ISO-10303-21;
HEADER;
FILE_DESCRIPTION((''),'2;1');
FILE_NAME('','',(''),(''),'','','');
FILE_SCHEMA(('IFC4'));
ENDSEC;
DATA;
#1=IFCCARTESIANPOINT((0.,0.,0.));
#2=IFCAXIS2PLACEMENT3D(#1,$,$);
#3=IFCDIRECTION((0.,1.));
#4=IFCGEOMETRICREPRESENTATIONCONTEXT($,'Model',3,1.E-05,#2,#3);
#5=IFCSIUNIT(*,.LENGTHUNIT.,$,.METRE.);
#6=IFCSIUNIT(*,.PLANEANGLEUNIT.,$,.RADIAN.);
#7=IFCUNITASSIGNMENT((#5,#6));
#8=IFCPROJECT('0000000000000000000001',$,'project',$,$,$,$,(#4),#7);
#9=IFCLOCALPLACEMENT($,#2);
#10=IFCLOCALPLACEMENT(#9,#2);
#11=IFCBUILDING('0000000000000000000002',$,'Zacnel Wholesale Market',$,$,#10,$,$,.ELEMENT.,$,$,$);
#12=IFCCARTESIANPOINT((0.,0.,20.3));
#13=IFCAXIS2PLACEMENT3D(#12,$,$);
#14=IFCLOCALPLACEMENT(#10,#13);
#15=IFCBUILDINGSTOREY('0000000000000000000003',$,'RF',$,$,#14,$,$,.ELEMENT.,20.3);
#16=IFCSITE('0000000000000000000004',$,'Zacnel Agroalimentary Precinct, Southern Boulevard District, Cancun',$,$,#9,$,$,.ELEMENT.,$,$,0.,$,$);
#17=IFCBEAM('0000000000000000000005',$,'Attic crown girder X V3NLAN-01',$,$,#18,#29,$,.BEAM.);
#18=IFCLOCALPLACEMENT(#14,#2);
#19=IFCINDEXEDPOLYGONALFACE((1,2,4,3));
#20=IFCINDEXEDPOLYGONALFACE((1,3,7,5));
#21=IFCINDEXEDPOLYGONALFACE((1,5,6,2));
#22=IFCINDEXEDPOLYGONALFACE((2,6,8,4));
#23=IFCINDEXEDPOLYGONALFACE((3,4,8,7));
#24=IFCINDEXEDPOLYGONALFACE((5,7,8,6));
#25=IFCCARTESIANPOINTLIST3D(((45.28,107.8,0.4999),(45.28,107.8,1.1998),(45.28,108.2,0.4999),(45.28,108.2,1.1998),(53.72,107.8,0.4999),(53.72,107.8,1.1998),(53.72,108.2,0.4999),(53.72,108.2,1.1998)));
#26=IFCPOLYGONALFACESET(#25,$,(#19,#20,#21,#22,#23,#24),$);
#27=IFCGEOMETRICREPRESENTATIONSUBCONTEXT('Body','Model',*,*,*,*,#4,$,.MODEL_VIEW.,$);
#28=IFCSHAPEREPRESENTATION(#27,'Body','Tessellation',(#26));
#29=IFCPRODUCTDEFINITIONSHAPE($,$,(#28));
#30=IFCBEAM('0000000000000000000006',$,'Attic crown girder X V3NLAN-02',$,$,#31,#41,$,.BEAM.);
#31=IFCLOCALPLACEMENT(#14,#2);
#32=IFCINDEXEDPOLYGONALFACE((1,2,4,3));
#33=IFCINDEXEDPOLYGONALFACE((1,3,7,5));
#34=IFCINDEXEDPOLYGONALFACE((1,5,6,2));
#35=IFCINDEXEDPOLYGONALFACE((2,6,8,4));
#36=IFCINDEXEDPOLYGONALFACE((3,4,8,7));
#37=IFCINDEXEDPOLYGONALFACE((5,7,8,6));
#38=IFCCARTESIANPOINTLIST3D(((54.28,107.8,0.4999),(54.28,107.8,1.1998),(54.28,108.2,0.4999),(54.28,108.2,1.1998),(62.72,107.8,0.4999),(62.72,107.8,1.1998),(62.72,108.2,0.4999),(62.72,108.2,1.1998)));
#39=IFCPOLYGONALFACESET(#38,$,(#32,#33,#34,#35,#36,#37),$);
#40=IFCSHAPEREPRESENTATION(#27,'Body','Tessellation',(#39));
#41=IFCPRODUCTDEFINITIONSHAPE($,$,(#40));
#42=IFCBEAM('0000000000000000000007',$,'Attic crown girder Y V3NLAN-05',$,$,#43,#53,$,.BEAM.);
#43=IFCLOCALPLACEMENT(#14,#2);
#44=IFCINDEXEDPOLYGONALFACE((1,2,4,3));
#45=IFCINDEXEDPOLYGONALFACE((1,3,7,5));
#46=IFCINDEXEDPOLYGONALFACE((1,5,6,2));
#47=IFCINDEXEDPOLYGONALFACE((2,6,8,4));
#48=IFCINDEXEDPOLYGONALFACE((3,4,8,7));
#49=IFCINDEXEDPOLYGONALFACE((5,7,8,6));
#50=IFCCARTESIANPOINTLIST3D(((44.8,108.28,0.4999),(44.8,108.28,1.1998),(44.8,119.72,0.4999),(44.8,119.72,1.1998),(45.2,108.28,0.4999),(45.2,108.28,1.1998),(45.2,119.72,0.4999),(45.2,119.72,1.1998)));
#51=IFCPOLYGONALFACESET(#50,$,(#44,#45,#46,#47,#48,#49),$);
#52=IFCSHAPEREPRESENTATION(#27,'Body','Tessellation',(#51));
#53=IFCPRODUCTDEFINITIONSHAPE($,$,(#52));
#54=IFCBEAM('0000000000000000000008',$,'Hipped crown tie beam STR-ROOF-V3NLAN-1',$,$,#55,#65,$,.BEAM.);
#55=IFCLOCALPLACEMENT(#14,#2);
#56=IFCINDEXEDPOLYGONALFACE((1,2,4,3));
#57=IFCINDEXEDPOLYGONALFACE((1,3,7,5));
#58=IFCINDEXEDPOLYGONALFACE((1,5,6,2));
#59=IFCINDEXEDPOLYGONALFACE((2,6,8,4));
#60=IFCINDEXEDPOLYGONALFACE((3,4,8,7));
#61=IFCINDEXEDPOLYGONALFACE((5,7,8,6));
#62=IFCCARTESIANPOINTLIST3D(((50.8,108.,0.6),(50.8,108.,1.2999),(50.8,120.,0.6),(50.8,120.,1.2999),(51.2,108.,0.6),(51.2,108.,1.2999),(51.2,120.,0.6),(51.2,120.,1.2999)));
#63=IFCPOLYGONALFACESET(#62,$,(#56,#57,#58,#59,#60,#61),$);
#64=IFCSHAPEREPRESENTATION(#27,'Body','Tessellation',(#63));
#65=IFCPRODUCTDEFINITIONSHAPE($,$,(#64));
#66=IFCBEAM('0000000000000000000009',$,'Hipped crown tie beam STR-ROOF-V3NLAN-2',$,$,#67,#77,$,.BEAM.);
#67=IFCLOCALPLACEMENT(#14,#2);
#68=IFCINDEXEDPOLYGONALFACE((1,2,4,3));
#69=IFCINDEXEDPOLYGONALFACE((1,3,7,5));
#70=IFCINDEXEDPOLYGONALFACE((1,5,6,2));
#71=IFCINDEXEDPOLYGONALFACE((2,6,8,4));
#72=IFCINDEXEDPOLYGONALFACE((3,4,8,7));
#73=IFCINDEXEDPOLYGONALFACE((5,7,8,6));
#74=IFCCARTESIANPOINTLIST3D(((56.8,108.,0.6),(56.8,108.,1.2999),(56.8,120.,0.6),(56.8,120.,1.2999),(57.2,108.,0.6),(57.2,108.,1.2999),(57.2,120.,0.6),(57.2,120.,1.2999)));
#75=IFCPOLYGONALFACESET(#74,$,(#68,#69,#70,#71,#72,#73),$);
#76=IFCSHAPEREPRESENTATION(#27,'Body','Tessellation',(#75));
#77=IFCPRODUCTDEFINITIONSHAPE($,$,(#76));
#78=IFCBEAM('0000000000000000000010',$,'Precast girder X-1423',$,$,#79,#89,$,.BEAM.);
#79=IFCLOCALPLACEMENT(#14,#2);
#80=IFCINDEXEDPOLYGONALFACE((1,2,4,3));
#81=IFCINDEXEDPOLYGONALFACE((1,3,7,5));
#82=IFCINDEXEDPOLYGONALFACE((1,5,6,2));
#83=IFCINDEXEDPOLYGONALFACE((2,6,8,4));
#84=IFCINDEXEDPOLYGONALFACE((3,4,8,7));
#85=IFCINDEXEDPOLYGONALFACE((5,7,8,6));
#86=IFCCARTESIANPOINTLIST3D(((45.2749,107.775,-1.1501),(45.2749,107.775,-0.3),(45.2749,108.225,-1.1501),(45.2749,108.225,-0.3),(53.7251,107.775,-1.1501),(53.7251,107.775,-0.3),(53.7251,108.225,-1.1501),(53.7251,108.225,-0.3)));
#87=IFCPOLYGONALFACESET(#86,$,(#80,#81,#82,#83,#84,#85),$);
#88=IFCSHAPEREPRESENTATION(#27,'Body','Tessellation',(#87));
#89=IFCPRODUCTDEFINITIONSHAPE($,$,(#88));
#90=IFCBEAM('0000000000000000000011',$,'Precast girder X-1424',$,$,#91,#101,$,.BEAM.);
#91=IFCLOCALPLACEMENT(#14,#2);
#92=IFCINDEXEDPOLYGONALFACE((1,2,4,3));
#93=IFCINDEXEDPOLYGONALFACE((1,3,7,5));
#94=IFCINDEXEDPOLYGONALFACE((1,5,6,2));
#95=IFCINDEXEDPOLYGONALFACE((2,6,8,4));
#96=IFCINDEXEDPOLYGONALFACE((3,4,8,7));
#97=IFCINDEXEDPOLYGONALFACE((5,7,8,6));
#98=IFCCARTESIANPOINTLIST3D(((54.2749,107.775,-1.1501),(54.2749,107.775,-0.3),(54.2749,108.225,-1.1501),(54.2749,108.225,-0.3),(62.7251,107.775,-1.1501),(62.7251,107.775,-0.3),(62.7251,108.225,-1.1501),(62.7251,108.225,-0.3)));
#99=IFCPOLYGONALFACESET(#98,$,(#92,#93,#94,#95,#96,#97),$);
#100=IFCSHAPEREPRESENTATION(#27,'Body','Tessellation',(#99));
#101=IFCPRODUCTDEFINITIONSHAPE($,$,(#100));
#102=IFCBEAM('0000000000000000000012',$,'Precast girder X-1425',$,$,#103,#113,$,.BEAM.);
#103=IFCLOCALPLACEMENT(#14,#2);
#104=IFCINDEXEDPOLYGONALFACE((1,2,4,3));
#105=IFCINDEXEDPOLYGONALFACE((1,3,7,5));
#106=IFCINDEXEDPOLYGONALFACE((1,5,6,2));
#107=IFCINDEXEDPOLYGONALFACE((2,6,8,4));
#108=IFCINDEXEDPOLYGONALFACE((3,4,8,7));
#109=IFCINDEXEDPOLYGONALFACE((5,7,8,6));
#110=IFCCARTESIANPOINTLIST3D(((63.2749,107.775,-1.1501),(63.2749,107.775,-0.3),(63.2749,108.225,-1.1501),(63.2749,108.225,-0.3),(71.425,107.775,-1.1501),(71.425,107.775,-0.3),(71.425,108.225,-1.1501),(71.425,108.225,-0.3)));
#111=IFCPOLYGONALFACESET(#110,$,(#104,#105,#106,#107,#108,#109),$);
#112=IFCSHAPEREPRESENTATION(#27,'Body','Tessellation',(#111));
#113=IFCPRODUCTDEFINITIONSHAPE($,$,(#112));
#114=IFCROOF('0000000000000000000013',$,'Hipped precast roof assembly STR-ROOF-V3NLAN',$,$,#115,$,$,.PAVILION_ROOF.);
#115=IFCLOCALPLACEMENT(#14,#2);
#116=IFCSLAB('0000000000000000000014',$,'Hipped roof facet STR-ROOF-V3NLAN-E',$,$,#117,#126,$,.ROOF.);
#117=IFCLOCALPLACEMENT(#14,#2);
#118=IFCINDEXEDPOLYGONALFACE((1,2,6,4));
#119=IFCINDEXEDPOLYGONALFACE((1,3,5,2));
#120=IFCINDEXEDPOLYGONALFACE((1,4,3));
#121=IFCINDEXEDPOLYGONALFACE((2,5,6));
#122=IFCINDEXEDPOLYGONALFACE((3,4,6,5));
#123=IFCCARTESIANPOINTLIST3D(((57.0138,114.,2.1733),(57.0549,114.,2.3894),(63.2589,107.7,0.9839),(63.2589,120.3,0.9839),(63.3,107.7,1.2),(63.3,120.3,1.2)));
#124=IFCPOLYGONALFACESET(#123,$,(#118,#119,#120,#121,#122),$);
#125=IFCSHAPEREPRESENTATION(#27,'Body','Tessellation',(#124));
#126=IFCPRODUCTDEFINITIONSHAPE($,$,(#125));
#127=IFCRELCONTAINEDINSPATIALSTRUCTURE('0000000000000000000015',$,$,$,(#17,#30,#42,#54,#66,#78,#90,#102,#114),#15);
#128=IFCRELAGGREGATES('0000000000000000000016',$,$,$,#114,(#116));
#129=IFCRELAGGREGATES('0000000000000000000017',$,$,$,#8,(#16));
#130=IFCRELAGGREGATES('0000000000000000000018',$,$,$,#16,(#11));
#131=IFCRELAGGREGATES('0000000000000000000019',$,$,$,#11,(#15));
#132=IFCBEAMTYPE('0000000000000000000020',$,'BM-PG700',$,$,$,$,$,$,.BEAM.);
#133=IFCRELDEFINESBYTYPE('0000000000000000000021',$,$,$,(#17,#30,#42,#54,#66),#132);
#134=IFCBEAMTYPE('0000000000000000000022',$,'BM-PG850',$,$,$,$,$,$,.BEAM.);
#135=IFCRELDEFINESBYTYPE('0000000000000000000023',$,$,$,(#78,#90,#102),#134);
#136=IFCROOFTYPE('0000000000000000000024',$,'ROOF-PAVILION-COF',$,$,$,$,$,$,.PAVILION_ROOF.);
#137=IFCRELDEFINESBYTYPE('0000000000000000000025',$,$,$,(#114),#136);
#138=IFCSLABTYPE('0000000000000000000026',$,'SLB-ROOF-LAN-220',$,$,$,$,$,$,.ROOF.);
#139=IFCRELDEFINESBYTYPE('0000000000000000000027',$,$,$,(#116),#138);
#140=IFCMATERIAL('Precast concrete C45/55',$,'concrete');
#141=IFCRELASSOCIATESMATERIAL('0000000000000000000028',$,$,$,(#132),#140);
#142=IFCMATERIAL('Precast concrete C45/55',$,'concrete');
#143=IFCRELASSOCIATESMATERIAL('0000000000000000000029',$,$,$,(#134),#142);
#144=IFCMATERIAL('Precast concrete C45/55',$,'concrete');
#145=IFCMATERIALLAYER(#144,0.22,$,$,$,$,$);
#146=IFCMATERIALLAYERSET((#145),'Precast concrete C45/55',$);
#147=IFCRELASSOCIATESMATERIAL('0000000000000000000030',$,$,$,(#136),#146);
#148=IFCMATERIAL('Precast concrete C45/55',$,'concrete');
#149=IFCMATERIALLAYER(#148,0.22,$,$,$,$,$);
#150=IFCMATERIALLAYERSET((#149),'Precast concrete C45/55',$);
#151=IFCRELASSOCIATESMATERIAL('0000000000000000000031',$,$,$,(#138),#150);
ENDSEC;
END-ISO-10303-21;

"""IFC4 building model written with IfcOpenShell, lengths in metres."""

from ifc_helpers import new_model, si_unit, direction, frame, origin, origin_2d, place, context, subcontext, project, spatial, polyline, rectangle, outline, extrude, material, layer, layer_set, material_profile, profile_set, type_object, element, aggregate, save


model = new_model("IFC4")

# Units and contexts
model_context = context("Model", 3, precision=1e-05, world=origin(), true_north=direction((0.0, 1.0)))
body_context = subcontext(model_context, "Body", "Model", "MODEL_VIEW")
ifc_project = project(units=[si_unit("LENGTHUNIT", "METRE"), si_unit("PLANEANGLEUNIT", "RADIAN")], contexts=[model_context])

# Site, building, storey
site_placement = place(None, origin())
site = spatial("IfcSite", under=ifc_project, at=site_placement, Name="Zacnel Agroalimentary Precinct, Southern Boulevard District, Cancun", CompositionType="ELEMENT", RefElevation=0.0)
building_placement = place(site_placement, origin())
building = spatial("IfcBuilding", under=site, at=building_placement, Name="Zacnel Wholesale Market", CompositionType="ELEMENT")
storey_placement = place(building_placement, frame((0.0, 0.0, 20.3)))
storey = spatial("IfcBuildingStorey", under=building, at=storey_placement, Name="RF", CompositionType="ELEMENT", Elevation=20.3)

# Beams
ifc_material_1 = material(Name="Precast concrete C45/55", Category="concrete")
ifc_material_profile_1 = material_profile(ifc_material_1, rectangle(XDim=0.3999, YDim=0.7, at=origin_2d()), Name="PG 400x700")
ifc_profile_set_1 = profile_set([ifc_material_profile_1], Name="Precast concrete C45/55")
beam_type_1 = type_object("IfcBeamType", Name="BM-PG700", PredefinedType="BEAM", material=ifc_profile_set_1)
for number, where, z_axis, x_axis, name in (
    (1, (45.28, 108.0, 0.8499), (1.0, 0.0, 0.0), (0.0, 1.0, 0.0), "Attic crown girder X V3NLAN-01"),
    (2, (54.28, 108.0, 0.8499), (1.0, 0.0, 0.0), (0.0, 1.0, 0.0), "Attic crown girder X V3NLAN-02"),
):
    element("IfcBeam", number, at=place(storey_placement, frame(where, z_axis=z_axis, x_axis=x_axis)), inside=storey, type_object=beam_type_1, Name=name, PredefinedType="BEAM", context=body_context, shape_type="SweptSolid", body=[
        extrude(rectangle(XDim=0.3999, YDim=0.7, at=origin_2d()), origin(), (0.0, 0.0, 1.0), 8.4399),
    ])
beam_1_placement = place(storey_placement, frame((45.0, 108.28, 0.8499), z_axis=(0.0, 1.0, 0.0), x_axis=(-1.0, 0.0, 0.0)))
element("IfcBeam", 3, at=beam_1_placement, inside=storey, type_object=beam_type_1, Name="Attic crown girder Y V3NLAN-05", PredefinedType="BEAM", context=body_context, shape_type="SweptSolid", body=[
    extrude(rectangle(XDim=0.3999, YDim=0.7, at=origin_2d()), origin(), (0.0, 0.0, 1.0), 11.4399),
])
for number, where, z_axis, x_axis, name in (
    (4, (51.0, 108.0, 0.95), (0.0, 1.0, 0.0), (-1.0, 0.0, 0.0), "Hipped crown tie beam STR-ROOF-V3NLAN-1"),
    (5, (57.0, 108.0, 0.95), (0.0, 1.0, 0.0), (-1.0, 0.0, 0.0), "Hipped crown tie beam STR-ROOF-V3NLAN-2"),
):
    element("IfcBeam", number, at=place(storey_placement, frame(where, z_axis=z_axis, x_axis=x_axis)), inside=storey, type_object=beam_type_1, Name=name, PredefinedType="BEAM", context=body_context, shape_type="SweptSolid", body=[
        extrude(rectangle(XDim=0.3999, YDim=0.7, at=origin_2d()), origin(), (0.0, 0.0, 1.0), 12.0),
    ])
ifc_material_2 = material(Name="Precast concrete C45/55", Category="concrete")
ifc_material_profile_2 = material_profile(ifc_material_2, rectangle(XDim=0.45, YDim=0.8501, at=origin_2d()), Name="PG 450x850")
ifc_profile_set_2 = profile_set([ifc_material_profile_2], Name="Precast concrete C45/55")
beam_type_2 = type_object("IfcBeamType", Name="BM-PG850", PredefinedType="BEAM", material=ifc_profile_set_2)
for number, where, z_axis, x_axis, name in (
    (6, (45.2749, 108.0, -0.7251), (1.0, 0.0, 0.0), (0.0, 1.0, 0.0), "Precast girder X-1423"),
    (7, (54.2749, 108.0, -0.7251), (1.0, 0.0, 0.0), (0.0, 1.0, 0.0), "Precast girder X-1424"),
):
    element("IfcBeam", number, at=place(storey_placement, frame(where, z_axis=z_axis, x_axis=x_axis)), inside=storey, type_object=beam_type_2, Name=name, PredefinedType="BEAM", context=body_context, shape_type="SweptSolid", body=[
        extrude(rectangle(XDim=0.45, YDim=0.8501, at=origin_2d()), origin(), (0.0, 0.0, 1.0), 8.4502),
    ])
beam_2_placement = place(storey_placement, frame((63.2749, 108.0, -0.7251), z_axis=(1.0, 0.0, 0.0), x_axis=(0.0, 1.0, 0.0)))
element("IfcBeam", 8, at=beam_2_placement, inside=storey, type_object=beam_type_2, Name="Precast girder X-1425", PredefinedType="BEAM", context=body_context, shape_type="SweptSolid", body=[
    extrude(rectangle(XDim=0.45, YDim=0.8501, at=origin_2d()), origin(), (0.0, 0.0, 1.0), 8.1501),
])

# Roof, slab
ifc_material_3 = material(Name="Precast concrete C45/55", Category="concrete")
ifc_layer_1 = layer(ifc_material_3, 0.22)
ifc_layer_set_1 = layer_set([ifc_layer_1], Name="Precast concrete C45/55")
roof_type = type_object("IfcRoofType", Name="ROOF-PAVILION-COF", PredefinedType="PAVILION_ROOF", material=ifc_layer_set_1)
roof_placement = place(storey_placement, origin())
roof = element("IfcRoof", 9, at=roof_placement, inside=storey, type_object=roof_type, Name="Hipped precast roof assembly STR-ROOF-V3NLAN", PredefinedType="PAVILION_ROOF")
ifc_material_4 = material(Name="Precast concrete C45/55", Category="concrete")
ifc_layer_2 = layer(ifc_material_4, 0.22)
ifc_layer_set_2 = layer_set([ifc_layer_2], Name="Precast concrete C45/55")
slab_type = type_object("IfcSlabType", Name="SLB-ROOF-LAN-220", PredefinedType="ROOF", material=ifc_layer_set_2)
slab_placement = place(storey_placement, frame((63.3, 107.7, 1.2), z_axis=(0.187098, 0.0, 0.982341), x_axis=(0.0, 1.0, 0.0)))
slab = element("IfcSlab", 10, at=slab_placement, type_object=slab_type, Name="Hipped roof facet STR-ROOF-V3NLAN-E", PredefinedType="ROOF", context=body_context, shape_type="SweptSolid", body=[
    extrude(outline(polyline([(0.0, 0.0), (12.6001, 0.0), (6.3, 6.3574), (0.0, 0.0)])), origin(), (0.0, 0.0, -1.0), 0.22),
])
aggregate(roof, [slab])

save(model, "model.ifc")
